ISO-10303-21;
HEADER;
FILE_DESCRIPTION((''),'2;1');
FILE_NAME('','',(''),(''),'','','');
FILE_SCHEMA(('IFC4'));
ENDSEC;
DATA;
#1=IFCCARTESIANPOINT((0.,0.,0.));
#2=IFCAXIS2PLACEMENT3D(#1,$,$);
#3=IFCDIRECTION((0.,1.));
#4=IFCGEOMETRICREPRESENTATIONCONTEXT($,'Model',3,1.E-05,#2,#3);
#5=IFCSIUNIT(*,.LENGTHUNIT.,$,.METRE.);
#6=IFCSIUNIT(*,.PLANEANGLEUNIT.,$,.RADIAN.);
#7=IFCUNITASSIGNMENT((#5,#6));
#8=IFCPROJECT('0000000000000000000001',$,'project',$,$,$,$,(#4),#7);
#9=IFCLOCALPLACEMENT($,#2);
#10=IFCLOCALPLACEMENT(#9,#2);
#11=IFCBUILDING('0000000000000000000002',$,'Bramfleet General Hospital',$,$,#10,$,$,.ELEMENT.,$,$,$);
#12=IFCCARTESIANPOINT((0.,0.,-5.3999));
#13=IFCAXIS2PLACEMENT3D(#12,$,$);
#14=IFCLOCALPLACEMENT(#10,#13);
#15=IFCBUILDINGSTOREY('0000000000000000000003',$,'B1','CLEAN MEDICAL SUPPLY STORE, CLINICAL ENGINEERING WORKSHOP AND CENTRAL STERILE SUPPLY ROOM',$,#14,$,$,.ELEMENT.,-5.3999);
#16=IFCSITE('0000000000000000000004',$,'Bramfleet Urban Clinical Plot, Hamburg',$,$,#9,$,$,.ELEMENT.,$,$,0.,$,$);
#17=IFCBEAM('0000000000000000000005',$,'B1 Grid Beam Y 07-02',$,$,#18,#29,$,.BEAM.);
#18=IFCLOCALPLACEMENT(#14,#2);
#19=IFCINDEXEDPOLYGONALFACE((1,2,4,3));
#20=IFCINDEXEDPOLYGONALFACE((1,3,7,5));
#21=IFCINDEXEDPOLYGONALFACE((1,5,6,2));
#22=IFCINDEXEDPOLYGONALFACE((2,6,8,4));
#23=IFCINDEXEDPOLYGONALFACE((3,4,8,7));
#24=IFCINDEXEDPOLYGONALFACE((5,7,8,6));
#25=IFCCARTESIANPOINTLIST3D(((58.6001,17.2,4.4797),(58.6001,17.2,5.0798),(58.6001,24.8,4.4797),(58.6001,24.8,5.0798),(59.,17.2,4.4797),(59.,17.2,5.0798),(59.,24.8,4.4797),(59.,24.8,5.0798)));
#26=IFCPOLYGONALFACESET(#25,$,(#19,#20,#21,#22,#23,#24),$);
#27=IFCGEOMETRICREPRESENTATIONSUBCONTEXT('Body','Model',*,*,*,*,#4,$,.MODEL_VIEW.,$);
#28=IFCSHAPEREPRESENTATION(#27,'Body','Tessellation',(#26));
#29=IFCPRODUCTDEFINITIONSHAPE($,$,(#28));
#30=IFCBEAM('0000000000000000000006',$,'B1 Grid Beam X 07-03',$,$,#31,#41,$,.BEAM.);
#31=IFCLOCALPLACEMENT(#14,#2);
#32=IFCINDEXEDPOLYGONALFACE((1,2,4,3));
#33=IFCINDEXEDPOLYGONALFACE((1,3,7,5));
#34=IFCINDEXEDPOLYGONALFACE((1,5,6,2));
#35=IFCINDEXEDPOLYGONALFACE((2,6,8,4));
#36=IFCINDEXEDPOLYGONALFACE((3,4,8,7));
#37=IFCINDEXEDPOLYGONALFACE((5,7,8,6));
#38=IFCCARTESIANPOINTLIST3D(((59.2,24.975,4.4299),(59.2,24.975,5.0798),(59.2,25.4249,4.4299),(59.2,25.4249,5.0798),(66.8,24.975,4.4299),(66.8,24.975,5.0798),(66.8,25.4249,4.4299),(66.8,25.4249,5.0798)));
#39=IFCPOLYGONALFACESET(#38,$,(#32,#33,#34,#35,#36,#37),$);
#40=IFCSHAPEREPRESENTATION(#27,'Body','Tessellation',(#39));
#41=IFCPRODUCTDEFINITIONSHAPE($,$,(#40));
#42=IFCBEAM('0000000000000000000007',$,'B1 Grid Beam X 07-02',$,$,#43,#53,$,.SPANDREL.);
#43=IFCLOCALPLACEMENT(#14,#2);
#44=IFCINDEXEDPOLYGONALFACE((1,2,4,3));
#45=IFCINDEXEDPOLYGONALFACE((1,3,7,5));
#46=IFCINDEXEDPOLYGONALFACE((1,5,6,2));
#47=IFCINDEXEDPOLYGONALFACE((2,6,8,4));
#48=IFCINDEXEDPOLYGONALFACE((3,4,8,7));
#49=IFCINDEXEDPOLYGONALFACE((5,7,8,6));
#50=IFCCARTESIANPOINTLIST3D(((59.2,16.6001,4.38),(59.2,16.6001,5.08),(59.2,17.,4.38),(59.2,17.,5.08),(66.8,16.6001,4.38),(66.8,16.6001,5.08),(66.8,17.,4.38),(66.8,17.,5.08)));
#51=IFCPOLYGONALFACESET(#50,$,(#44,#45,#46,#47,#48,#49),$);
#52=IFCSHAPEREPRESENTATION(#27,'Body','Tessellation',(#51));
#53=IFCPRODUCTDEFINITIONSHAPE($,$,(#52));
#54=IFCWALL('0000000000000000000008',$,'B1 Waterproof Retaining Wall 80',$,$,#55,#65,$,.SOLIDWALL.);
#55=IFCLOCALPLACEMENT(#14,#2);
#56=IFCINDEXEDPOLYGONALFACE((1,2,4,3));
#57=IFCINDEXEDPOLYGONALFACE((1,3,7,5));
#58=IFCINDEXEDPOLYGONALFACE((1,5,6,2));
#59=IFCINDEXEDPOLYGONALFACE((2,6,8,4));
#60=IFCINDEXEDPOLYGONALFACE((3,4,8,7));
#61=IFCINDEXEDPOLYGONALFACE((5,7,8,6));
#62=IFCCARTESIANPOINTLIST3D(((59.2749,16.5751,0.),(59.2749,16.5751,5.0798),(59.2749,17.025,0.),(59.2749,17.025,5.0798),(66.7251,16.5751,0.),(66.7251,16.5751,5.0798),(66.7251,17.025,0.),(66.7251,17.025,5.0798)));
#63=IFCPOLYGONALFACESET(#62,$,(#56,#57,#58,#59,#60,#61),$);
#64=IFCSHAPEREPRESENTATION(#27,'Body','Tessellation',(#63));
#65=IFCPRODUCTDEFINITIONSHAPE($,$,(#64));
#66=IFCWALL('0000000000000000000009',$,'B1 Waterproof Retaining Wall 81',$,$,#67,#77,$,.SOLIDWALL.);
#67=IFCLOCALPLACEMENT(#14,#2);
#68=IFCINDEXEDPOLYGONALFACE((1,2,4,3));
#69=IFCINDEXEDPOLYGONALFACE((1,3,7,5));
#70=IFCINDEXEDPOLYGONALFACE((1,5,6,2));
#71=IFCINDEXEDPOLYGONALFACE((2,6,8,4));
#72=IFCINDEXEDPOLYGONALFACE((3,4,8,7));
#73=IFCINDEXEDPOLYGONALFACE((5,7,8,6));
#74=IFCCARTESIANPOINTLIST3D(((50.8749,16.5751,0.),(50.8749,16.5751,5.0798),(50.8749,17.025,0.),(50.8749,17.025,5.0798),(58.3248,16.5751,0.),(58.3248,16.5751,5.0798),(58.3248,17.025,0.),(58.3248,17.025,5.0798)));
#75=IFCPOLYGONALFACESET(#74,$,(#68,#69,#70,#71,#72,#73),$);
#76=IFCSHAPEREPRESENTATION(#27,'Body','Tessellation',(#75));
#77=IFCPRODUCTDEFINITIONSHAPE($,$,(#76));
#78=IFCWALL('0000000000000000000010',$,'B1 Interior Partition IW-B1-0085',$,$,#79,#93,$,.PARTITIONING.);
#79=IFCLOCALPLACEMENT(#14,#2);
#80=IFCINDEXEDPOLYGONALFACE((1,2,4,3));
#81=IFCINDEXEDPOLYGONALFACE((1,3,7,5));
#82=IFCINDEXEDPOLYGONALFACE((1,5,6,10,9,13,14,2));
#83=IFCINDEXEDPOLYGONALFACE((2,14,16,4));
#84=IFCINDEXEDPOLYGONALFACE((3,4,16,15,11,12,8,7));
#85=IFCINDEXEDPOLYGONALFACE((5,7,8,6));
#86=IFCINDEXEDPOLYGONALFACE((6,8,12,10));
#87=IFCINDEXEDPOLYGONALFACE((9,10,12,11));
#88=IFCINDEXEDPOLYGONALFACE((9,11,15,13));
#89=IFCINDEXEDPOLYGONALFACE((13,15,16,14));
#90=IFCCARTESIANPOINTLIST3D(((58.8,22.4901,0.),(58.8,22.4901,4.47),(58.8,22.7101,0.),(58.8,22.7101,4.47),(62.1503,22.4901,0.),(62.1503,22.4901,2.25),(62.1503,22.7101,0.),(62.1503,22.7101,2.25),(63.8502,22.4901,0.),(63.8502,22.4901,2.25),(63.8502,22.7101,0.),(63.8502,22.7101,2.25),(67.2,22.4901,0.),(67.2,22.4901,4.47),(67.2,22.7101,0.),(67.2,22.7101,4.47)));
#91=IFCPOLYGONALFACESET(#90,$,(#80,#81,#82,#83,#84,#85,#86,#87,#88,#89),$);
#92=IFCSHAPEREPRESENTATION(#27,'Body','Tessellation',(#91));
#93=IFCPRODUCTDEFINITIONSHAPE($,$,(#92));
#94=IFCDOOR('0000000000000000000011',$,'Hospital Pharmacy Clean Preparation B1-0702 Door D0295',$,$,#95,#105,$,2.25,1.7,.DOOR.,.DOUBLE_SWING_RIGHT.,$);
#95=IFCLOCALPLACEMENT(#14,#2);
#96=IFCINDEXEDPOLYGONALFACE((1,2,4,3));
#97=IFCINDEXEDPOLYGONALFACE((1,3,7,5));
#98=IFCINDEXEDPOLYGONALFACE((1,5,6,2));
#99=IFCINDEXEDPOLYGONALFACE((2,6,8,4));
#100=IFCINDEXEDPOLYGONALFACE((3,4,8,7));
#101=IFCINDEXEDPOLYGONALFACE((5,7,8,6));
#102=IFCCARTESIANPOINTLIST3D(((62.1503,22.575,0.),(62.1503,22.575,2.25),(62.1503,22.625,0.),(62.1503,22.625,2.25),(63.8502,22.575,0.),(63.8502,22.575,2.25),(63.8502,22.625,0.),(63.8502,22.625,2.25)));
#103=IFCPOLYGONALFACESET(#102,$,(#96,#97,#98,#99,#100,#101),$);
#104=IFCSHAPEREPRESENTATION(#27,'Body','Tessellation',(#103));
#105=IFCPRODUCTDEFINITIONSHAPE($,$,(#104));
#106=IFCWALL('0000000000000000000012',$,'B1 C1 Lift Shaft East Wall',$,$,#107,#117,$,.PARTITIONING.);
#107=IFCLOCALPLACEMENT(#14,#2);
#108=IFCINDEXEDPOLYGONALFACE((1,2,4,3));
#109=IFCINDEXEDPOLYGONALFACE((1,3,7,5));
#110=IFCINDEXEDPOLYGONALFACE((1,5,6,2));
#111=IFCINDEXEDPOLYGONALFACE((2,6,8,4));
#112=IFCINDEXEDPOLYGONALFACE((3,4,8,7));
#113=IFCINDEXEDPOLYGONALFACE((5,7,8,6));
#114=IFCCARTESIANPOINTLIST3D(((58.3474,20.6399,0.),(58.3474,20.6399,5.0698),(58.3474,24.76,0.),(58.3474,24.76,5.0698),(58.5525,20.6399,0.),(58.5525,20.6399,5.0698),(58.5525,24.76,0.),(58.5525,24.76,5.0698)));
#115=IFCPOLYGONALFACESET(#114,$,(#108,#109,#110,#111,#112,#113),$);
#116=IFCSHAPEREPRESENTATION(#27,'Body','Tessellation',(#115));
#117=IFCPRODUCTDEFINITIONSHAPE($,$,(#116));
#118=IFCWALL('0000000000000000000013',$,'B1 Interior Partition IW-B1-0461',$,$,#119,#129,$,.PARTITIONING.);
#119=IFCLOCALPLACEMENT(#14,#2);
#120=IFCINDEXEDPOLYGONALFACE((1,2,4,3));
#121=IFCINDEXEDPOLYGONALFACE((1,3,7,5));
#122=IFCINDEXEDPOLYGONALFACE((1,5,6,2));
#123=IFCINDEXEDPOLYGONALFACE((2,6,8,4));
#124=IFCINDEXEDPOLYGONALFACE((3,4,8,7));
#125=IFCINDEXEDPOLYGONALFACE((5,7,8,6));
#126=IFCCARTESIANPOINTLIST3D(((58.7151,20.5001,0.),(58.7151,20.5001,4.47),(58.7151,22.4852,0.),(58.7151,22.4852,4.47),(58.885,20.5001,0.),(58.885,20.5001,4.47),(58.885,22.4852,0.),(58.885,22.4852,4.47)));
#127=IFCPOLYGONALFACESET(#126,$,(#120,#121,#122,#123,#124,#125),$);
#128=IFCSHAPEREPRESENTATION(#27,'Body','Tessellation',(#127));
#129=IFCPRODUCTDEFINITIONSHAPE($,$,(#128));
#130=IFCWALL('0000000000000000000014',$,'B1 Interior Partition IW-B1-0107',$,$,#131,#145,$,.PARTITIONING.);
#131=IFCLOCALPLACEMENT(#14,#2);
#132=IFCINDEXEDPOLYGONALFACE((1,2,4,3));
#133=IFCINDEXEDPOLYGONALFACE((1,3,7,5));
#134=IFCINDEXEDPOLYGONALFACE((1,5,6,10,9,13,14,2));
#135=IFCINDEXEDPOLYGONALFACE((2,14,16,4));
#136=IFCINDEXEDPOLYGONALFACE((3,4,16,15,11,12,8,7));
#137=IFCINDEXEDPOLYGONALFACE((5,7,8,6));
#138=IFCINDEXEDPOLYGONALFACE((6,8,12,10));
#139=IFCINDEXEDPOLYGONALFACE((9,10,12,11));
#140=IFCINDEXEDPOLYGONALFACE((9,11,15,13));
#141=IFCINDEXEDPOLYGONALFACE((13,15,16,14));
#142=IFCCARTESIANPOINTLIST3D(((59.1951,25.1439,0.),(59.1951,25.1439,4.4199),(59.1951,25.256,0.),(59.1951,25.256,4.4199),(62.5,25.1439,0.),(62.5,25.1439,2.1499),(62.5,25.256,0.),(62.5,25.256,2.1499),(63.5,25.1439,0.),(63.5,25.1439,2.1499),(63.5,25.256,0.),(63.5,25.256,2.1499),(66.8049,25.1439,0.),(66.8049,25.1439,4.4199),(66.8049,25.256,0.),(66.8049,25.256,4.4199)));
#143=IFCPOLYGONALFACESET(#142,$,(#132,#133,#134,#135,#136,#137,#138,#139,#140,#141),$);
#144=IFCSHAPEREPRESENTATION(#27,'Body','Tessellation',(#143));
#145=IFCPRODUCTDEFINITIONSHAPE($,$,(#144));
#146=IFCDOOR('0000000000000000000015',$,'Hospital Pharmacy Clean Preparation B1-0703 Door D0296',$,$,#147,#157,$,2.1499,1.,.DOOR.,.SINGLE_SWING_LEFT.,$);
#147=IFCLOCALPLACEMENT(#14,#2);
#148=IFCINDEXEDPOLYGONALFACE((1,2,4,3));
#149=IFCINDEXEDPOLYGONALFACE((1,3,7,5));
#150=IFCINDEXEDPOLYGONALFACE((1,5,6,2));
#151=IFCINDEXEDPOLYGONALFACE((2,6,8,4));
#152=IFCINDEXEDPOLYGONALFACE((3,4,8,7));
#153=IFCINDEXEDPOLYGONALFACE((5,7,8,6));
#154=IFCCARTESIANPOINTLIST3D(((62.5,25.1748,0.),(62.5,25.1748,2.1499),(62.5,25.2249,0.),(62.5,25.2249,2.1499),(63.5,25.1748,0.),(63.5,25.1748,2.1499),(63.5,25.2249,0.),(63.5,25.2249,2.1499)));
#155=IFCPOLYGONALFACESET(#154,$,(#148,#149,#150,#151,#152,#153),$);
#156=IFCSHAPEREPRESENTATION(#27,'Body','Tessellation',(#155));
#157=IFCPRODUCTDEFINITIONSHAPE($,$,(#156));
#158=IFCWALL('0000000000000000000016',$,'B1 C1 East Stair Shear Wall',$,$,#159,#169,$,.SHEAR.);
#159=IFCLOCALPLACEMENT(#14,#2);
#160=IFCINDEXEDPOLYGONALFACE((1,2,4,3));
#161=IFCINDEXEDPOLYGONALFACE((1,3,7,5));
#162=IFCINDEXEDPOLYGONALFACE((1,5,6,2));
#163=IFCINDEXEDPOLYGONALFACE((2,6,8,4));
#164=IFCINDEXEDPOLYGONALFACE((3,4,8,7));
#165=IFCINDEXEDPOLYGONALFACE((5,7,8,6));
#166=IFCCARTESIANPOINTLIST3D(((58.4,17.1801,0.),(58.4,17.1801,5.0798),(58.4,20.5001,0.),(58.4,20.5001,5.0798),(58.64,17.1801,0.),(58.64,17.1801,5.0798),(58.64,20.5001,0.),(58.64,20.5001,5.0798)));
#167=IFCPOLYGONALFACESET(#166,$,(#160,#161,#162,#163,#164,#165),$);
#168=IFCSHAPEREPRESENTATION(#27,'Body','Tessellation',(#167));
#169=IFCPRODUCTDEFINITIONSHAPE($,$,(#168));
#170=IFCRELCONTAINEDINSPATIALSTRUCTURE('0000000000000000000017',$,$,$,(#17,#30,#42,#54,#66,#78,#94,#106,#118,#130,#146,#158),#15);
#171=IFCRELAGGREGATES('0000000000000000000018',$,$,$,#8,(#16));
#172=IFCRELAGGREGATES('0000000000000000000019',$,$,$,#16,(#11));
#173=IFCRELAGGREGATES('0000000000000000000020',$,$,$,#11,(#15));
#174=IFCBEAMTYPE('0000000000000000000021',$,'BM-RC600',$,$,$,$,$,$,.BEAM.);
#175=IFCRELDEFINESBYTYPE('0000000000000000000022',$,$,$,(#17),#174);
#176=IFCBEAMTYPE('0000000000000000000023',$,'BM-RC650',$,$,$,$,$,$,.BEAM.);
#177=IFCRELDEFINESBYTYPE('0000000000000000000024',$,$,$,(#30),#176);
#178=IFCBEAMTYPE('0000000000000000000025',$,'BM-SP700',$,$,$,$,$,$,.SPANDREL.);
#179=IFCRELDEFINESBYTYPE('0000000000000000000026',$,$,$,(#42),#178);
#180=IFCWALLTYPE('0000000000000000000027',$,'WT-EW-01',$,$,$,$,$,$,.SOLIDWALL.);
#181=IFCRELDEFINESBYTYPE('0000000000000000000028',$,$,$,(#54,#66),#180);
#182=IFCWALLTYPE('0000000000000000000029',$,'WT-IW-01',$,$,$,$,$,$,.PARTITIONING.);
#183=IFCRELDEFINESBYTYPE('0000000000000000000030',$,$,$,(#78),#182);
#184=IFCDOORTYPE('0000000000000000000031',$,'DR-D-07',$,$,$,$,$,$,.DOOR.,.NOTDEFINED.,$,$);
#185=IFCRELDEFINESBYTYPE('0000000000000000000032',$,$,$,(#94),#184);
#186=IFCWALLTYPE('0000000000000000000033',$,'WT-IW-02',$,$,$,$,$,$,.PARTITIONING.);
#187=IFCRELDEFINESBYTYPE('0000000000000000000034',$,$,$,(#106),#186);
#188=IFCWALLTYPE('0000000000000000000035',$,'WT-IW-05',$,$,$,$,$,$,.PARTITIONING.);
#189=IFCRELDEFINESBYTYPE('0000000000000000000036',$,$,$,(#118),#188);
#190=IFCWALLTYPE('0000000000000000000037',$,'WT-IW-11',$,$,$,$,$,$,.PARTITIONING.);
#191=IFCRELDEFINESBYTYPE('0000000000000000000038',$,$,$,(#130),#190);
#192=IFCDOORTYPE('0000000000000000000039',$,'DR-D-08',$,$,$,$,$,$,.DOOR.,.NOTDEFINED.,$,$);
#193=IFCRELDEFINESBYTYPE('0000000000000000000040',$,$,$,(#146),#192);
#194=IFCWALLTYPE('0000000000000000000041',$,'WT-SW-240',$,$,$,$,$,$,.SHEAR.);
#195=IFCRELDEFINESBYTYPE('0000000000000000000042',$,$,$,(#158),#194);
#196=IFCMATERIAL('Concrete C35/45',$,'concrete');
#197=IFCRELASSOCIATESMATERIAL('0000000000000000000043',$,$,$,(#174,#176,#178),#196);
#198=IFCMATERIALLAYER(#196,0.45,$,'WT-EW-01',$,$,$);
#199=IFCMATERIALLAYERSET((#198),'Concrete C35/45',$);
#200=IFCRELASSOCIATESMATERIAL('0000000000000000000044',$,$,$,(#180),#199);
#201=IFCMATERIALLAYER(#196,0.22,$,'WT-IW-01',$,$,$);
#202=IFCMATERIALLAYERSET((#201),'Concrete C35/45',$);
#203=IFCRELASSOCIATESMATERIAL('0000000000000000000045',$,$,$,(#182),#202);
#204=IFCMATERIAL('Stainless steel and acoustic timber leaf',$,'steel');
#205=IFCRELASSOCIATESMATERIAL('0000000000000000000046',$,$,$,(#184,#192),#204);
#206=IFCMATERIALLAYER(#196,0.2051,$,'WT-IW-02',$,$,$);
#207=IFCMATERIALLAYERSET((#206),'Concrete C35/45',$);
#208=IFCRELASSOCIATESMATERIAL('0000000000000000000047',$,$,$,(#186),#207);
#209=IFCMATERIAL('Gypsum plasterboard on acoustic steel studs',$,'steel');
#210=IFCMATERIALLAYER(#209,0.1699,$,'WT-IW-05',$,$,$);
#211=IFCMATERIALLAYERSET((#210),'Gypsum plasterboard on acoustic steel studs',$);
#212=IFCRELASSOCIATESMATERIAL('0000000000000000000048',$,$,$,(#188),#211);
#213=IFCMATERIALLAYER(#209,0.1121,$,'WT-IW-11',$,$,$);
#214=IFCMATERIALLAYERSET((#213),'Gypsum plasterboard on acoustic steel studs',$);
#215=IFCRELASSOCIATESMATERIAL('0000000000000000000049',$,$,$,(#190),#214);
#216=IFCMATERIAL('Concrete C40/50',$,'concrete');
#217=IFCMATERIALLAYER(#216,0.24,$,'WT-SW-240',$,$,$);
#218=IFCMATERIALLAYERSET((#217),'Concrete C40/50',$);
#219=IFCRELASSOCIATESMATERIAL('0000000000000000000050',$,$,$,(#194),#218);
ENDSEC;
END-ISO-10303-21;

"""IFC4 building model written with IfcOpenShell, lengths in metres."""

from ifc_helpers import new_model, si_unit, direction, frame, frame_2d, origin, origin_2d, place, context, subcontext, project, spatial, rectangle, extrude, material, layer, layer_set, material_profile, profile_set, type_object, element, fill, save


model = new_model("IFC4")

# Units and contexts
model_context = context("Model", 3, precision=1e-05, world=origin(), true_north=direction((0.0, 1.0)))
body_context = subcontext(model_context, "Body", "Model", "MODEL_VIEW")
ifc_project = project(units=[si_unit("LENGTHUNIT", "METRE"), si_unit("PLANEANGLEUNIT", "RADIAN")], contexts=[model_context])

# Site, building, storey
site_placement = place(None, origin())
site = spatial("IfcSite", under=ifc_project, at=site_placement, Name="Bramfleet Urban Clinical Plot, Hamburg", CompositionType="ELEMENT", RefElevation=0.0)
building_placement = place(site_placement, origin())
building = spatial("IfcBuilding", under=site, at=building_placement, Name="Bramfleet General Hospital", CompositionType="ELEMENT")
storey_placement = place(building_placement, frame((0.0, 0.0, -5.3999)))
storey = spatial("IfcBuildingStorey", under=building, at=storey_placement, Name="B1", Description="CLEAN MEDICAL SUPPLY STORE, CLINICAL ENGINEERING WORKSHOP AND CENTRAL STERILE SUPPLY ROOM", CompositionType="ELEMENT", Elevation=-5.3999)

# Shared definitions
ifc_material_1 = material(Name="Concrete C35/45", Category="concrete")

# Shared definitions
ifc_material_2 = material(Name="Concrete C40/50", Category="concrete")

# Beams
ifc_material_profile_1 = material_profile(ifc_material_1, rectangle(XDim=0.3999, YDim=0.6001, at=origin_2d()), Name="RC BM 600x400")
ifc_profile_set_1 = profile_set([ifc_material_profile_1], Name="Concrete C35/45")
beam_type_1 = type_object("IfcBeamType", Name="BM-RC600", PredefinedType="BEAM", material=ifc_profile_set_1)
beam_1_placement = place(storey_placement, frame((58.8, 17.2, 4.7798), z_axis=(0.0, 1.0, 0.0), x_axis=(-1.0, 0.0, 0.0)))
element("IfcBeam", 1, at=beam_1_placement, inside=storey, type_object=beam_type_1, Name="B1 Grid Beam Y 07-02", PredefinedType="BEAM", context=body_context, shape_type="SweptSolid", body=[
    extrude(rectangle(XDim=0.3999, YDim=0.6001, at=origin_2d()), origin(), (0.0, 0.0, 1.0), 7.6001),
])
ifc_material_profile_2 = material_profile(ifc_material_1, rectangle(XDim=0.45, YDim=0.6499, at=origin_2d()), Name="RC BM 650x450")
ifc_profile_set_2 = profile_set([ifc_material_profile_2], Name="Concrete C35/45")
beam_type_2 = type_object("IfcBeamType", Name="BM-RC650", PredefinedType="BEAM", material=ifc_profile_set_2)
beam_2_placement = place(storey_placement, frame((59.2, 25.2, 4.7549), z_axis=(1.0, 0.0, 0.0), x_axis=(0.0, 1.0, 0.0)))
element("IfcBeam", 2, at=beam_2_placement, inside=storey, type_object=beam_type_2, Name="B1 Grid Beam X 07-03", PredefinedType="BEAM", context=body_context, shape_type="SweptSolid", body=[
    extrude(rectangle(XDim=0.45, YDim=0.6499, at=origin_2d()), origin(), (0.0, 0.0, 1.0), 7.6001),
])
ifc_material_profile_3 = material_profile(ifc_material_1, rectangle(XDim=0.3999, YDim=0.7, at=origin_2d()), Name="RC SP 700x400")
ifc_profile_set_3 = profile_set([ifc_material_profile_3], Name="Concrete C35/45")
beam_type_3 = type_object("IfcBeamType", Name="BM-SP700", PredefinedType="SPANDREL", material=ifc_profile_set_3)
beam_3_placement = place(storey_placement, frame((59.2, 16.8, 4.73), z_axis=(1.0, 0.0, 0.0), x_axis=(0.0, 1.0, 0.0)))
element("IfcBeam", 3, at=beam_3_placement, inside=storey, type_object=beam_type_3, Name="B1 Grid Beam X 07-02", PredefinedType="SPANDREL", context=body_context, shape_type="SweptSolid", body=[
    extrude(rectangle(XDim=0.3999, YDim=0.7, at=origin_2d()), origin(), (0.0, 0.0, 1.0), 7.6001),
])

# Walls
ifc_layer_1 = layer(ifc_material_1, 0.45, Name="WT-EW-01")
ifc_layer_set_1 = layer_set([ifc_layer_1], Name="Concrete C35/45")
wall_type_1 = type_object("IfcWallType", Name="WT-EW-01", PredefinedType="SOLIDWALL", material=ifc_layer_set_1)
wall_1_placement = place(storey_placement, frame((66.7251, 16.8, 0.0), z_axis=(0.0, 0.0, 1.0), x_axis=(-1.0, 0.0, 0.0)))
element("IfcWall", 4, at=wall_1_placement, inside=storey, type_object=wall_type_1, Name="B1 Waterproof Retaining Wall 80", PredefinedType="SOLIDWALL", context=body_context, shape_type="SweptSolid", body=[
    extrude(rectangle(XDim=7.4502, YDim=0.45, at=frame_2d((3.7251, 0.0))), origin(), (0.0, 0.0, 1.0), 5.0798),
])
wall_2_placement = place(storey_placement, frame((58.325, 16.8, 0.0), z_axis=(0.0, 0.0, 1.0), x_axis=(-1.0, 0.0, 0.0)))
element("IfcWall", 5, at=wall_2_placement, inside=storey, type_object=wall_type_1, Name="B1 Waterproof Retaining Wall 81", PredefinedType="SOLIDWALL", context=body_context, shape_type="SweptSolid", body=[
    extrude(rectangle(XDim=7.45, YDim=0.45, at=frame_2d((3.7251, 0.0))), origin(), (0.0, 0.0, 1.0), 5.0798),
])

# Wall, opening, door
ifc_layer_2 = layer(ifc_material_1, 0.22, Name="WT-IW-01")
ifc_layer_set_2 = layer_set([ifc_layer_2], Name="Concrete C35/45")
wall_type_2 = type_object("IfcWallType", Name="WT-IW-01", PredefinedType="PARTITIONING", material=ifc_layer_set_2)
wall_3_placement = place(storey_placement, frame((58.8, 22.6001, 0.0), z_axis=(0.0, 0.0, 1.0), x_axis=(1.0, 0.0, 0.0)))
wall_3 = element("IfcWall", 6, at=wall_3_placement, inside=storey, type_object=wall_type_2, Name="B1 Interior Partition IW-B1-0085", PredefinedType="PARTITIONING", context=body_context, shape_type="SweptSolid", body=[
    extrude(rectangle(XDim=8.3999, YDim=0.22, at=frame_2d((4.2, 0.0))), origin(), (0.0, 0.0, 1.0), 4.47),
])
opening_1_placement = place(wall_3_placement, frame((3.3501, 0.0, 0.0)))
opening_1 = element("IfcOpeningElement", 7, at=opening_1_placement, cuts=wall_3, PredefinedType="OPENING", context=body_context, shape_type="SweptSolid", body=[
    extrude(rectangle(XDim=1.7, YDim=2.25, at=frame_2d((0.8501, 1.125))), frame((0.0, 0.1199, 0.0), z_axis=(0.0, -1.0, 0.0), x_axis=(1.0, 0.0, 0.0)), (0.0, 0.0, 1.0), 0.24),
])
ifc_material_3 = material(Name="Stainless steel and acoustic timber leaf", Category="steel")
door_type_1 = type_object("IfcDoorType", Name="DR-D-07", OperationType="NOTDEFINED", PredefinedType="DOOR", material=ifc_material_3)
door_1_placement = place(opening_1_placement, origin())
door_1 = element("IfcDoor", 8, at=door_1_placement, inside=storey, type_object=door_type_1, Name="Hospital Pharmacy Clean Preparation B1-0702 Door D0295", OperationType="DOUBLE_SWING_RIGHT", OverallHeight=2.25, OverallWidth=1.7, PredefinedType="DOOR", context=body_context, shape_type="SweptSolid", body=[
    extrude(rectangle(XDim=1.7, YDim=2.25, at=frame_2d((0.8501, 1.125))), frame((0.0, 0.0249, 0.0), z_axis=(0.0, -1.0, 0.0), x_axis=(1.0, 0.0, 0.0)), (0.0, 0.0, 1.0), 0.05),
])
fill(opening_1, door_1)

# Walls
ifc_layer_3 = layer(ifc_material_1, 0.2051, Name="WT-IW-02")
ifc_layer_set_3 = layer_set([ifc_layer_3], Name="Concrete C35/45")
wall_type_3 = type_object("IfcWallType", Name="WT-IW-02", PredefinedType="PARTITIONING", material=ifc_layer_set_3)
wall_4_placement = place(storey_placement, frame((58.45, 20.6399, 0.0), z_axis=(0.0, 0.0, 1.0), x_axis=(0.0, 1.0, 0.0)))
element("IfcWall", 9, at=wall_4_placement, inside=storey, type_object=wall_type_3, Name="B1 C1 Lift Shaft East Wall", PredefinedType="PARTITIONING", context=body_context, shape_type="SweptSolid", body=[
    extrude(rectangle(XDim=4.1201, YDim=0.2051, at=frame_2d((2.0601, 0.0))), origin(), (0.0, 0.0, 1.0), 5.0698),
])
ifc_material_4 = material(Name="Gypsum plasterboard on acoustic steel studs", Category="steel")
ifc_layer_4 = layer(ifc_material_4, 0.1699, Name="WT-IW-05")
ifc_layer_set_4 = layer_set([ifc_layer_4], Name="Gypsum plasterboard on acoustic steel studs")
wall_type_4 = type_object("IfcWallType", Name="WT-IW-05", PredefinedType="PARTITIONING", material=ifc_layer_set_4)
wall_5_placement = place(storey_placement, frame((58.8, 20.5, 0.0), z_axis=(0.0, 0.0, 1.0), x_axis=(0.0, 1.0, 0.0)))
element("IfcWall", 10, at=wall_5_placement, inside=storey, type_object=wall_type_4, Name="B1 Interior Partition IW-B1-0461", PredefinedType="PARTITIONING", context=body_context, shape_type="SweptSolid", body=[
    extrude(rectangle(XDim=1.9851, YDim=0.1699, at=frame_2d((0.9927, 0.0))), origin(), (0.0, 0.0, 1.0), 4.47),
])

# Wall, opening, door
ifc_layer_5 = layer(ifc_material_4, 0.1121, Name="WT-IW-11")
ifc_layer_set_5 = layer_set([ifc_layer_5], Name="Gypsum plasterboard on acoustic steel studs")
wall_type_5 = type_object("IfcWallType", Name="WT-IW-11", PredefinedType="PARTITIONING", material=ifc_layer_set_5)
wall_6_placement = place(storey_placement, frame((59.1951, 25.2, 0.0), z_axis=(0.0, 0.0, 1.0), x_axis=(1.0, 0.0, 0.0)))
wall_6 = element("IfcWall", 11, at=wall_6_placement, inside=storey, type_object=wall_type_5, Name="B1 Interior Partition IW-B1-0107", PredefinedType="PARTITIONING", context=body_context, shape_type="SweptSolid", body=[
    extrude(rectangle(XDim=7.6099, YDim=0.1121, at=frame_2d((3.8049, 0.0))), origin(), (0.0, 0.0, 1.0), 4.4199),
])
opening_2_placement = place(wall_6_placement, frame((3.3049, 0.0, 0.0)))
opening_2 = element("IfcOpeningElement", 12, at=opening_2_placement, cuts=wall_6, PredefinedType="OPENING", context=body_context, shape_type="SweptSolid", body=[
    extrude(rectangle(XDim=1.0, YDim=2.1499, at=frame_2d((0.5, 1.075))), frame((0.0, 0.0659, 0.0), z_axis=(0.0, -1.0, 0.0), x_axis=(1.0, 0.0, 0.0)), (0.0, 0.0, 1.0), 0.1321),
])
door_type_2 = type_object("IfcDoorType", Name="DR-D-08", OperationType="NOTDEFINED", PredefinedType="DOOR", material=ifc_material_3)
door_2_placement = place(opening_2_placement, origin())
door_2 = element("IfcDoor", 13, at=door_2_placement, inside=storey, type_object=door_type_2, Name="Hospital Pharmacy Clean Preparation B1-0703 Door D0296", OperationType="SINGLE_SWING_LEFT", OverallHeight=2.1499, OverallWidth=1.0, PredefinedType="DOOR", context=body_context, shape_type="SweptSolid", body=[
    extrude(rectangle(XDim=1.0, YDim=2.1499, at=frame_2d((0.5, 1.075))), frame((0.0, 0.0249, 0.0), z_axis=(0.0, -1.0, 0.0), x_axis=(1.0, 0.0, 0.0)), (0.0, 0.0, 1.0), 0.05),
])
fill(opening_2, door_2)

# Wall
ifc_layer_6 = layer(ifc_material_2, 0.24, Name="WT-SW-240")
ifc_layer_set_6 = layer_set([ifc_layer_6], Name="Concrete C40/50")
wall_type_6 = type_object("IfcWallType", Name="WT-SW-240", PredefinedType="SHEAR", material=ifc_layer_set_6)
wall_7_placement = place(storey_placement, frame((58.52, 17.1799, 0.0), z_axis=(0.0, 0.0, 1.0), x_axis=(0.0, 1.0, 0.0)))
element("IfcWall", 14, at=wall_7_placement, inside=storey, type_object=wall_type_6, Name="B1 C1 East Stair Shear Wall", PredefinedType="SHEAR", context=body_context, shape_type="SweptSolid", body=[
    extrude(rectangle(XDim=3.3201, YDim=0.24, at=frame_2d((1.6602, 0.0))), origin(), (0.0, 0.0, 1.0), 5.0798),
])

save(model, "model.ifc")
